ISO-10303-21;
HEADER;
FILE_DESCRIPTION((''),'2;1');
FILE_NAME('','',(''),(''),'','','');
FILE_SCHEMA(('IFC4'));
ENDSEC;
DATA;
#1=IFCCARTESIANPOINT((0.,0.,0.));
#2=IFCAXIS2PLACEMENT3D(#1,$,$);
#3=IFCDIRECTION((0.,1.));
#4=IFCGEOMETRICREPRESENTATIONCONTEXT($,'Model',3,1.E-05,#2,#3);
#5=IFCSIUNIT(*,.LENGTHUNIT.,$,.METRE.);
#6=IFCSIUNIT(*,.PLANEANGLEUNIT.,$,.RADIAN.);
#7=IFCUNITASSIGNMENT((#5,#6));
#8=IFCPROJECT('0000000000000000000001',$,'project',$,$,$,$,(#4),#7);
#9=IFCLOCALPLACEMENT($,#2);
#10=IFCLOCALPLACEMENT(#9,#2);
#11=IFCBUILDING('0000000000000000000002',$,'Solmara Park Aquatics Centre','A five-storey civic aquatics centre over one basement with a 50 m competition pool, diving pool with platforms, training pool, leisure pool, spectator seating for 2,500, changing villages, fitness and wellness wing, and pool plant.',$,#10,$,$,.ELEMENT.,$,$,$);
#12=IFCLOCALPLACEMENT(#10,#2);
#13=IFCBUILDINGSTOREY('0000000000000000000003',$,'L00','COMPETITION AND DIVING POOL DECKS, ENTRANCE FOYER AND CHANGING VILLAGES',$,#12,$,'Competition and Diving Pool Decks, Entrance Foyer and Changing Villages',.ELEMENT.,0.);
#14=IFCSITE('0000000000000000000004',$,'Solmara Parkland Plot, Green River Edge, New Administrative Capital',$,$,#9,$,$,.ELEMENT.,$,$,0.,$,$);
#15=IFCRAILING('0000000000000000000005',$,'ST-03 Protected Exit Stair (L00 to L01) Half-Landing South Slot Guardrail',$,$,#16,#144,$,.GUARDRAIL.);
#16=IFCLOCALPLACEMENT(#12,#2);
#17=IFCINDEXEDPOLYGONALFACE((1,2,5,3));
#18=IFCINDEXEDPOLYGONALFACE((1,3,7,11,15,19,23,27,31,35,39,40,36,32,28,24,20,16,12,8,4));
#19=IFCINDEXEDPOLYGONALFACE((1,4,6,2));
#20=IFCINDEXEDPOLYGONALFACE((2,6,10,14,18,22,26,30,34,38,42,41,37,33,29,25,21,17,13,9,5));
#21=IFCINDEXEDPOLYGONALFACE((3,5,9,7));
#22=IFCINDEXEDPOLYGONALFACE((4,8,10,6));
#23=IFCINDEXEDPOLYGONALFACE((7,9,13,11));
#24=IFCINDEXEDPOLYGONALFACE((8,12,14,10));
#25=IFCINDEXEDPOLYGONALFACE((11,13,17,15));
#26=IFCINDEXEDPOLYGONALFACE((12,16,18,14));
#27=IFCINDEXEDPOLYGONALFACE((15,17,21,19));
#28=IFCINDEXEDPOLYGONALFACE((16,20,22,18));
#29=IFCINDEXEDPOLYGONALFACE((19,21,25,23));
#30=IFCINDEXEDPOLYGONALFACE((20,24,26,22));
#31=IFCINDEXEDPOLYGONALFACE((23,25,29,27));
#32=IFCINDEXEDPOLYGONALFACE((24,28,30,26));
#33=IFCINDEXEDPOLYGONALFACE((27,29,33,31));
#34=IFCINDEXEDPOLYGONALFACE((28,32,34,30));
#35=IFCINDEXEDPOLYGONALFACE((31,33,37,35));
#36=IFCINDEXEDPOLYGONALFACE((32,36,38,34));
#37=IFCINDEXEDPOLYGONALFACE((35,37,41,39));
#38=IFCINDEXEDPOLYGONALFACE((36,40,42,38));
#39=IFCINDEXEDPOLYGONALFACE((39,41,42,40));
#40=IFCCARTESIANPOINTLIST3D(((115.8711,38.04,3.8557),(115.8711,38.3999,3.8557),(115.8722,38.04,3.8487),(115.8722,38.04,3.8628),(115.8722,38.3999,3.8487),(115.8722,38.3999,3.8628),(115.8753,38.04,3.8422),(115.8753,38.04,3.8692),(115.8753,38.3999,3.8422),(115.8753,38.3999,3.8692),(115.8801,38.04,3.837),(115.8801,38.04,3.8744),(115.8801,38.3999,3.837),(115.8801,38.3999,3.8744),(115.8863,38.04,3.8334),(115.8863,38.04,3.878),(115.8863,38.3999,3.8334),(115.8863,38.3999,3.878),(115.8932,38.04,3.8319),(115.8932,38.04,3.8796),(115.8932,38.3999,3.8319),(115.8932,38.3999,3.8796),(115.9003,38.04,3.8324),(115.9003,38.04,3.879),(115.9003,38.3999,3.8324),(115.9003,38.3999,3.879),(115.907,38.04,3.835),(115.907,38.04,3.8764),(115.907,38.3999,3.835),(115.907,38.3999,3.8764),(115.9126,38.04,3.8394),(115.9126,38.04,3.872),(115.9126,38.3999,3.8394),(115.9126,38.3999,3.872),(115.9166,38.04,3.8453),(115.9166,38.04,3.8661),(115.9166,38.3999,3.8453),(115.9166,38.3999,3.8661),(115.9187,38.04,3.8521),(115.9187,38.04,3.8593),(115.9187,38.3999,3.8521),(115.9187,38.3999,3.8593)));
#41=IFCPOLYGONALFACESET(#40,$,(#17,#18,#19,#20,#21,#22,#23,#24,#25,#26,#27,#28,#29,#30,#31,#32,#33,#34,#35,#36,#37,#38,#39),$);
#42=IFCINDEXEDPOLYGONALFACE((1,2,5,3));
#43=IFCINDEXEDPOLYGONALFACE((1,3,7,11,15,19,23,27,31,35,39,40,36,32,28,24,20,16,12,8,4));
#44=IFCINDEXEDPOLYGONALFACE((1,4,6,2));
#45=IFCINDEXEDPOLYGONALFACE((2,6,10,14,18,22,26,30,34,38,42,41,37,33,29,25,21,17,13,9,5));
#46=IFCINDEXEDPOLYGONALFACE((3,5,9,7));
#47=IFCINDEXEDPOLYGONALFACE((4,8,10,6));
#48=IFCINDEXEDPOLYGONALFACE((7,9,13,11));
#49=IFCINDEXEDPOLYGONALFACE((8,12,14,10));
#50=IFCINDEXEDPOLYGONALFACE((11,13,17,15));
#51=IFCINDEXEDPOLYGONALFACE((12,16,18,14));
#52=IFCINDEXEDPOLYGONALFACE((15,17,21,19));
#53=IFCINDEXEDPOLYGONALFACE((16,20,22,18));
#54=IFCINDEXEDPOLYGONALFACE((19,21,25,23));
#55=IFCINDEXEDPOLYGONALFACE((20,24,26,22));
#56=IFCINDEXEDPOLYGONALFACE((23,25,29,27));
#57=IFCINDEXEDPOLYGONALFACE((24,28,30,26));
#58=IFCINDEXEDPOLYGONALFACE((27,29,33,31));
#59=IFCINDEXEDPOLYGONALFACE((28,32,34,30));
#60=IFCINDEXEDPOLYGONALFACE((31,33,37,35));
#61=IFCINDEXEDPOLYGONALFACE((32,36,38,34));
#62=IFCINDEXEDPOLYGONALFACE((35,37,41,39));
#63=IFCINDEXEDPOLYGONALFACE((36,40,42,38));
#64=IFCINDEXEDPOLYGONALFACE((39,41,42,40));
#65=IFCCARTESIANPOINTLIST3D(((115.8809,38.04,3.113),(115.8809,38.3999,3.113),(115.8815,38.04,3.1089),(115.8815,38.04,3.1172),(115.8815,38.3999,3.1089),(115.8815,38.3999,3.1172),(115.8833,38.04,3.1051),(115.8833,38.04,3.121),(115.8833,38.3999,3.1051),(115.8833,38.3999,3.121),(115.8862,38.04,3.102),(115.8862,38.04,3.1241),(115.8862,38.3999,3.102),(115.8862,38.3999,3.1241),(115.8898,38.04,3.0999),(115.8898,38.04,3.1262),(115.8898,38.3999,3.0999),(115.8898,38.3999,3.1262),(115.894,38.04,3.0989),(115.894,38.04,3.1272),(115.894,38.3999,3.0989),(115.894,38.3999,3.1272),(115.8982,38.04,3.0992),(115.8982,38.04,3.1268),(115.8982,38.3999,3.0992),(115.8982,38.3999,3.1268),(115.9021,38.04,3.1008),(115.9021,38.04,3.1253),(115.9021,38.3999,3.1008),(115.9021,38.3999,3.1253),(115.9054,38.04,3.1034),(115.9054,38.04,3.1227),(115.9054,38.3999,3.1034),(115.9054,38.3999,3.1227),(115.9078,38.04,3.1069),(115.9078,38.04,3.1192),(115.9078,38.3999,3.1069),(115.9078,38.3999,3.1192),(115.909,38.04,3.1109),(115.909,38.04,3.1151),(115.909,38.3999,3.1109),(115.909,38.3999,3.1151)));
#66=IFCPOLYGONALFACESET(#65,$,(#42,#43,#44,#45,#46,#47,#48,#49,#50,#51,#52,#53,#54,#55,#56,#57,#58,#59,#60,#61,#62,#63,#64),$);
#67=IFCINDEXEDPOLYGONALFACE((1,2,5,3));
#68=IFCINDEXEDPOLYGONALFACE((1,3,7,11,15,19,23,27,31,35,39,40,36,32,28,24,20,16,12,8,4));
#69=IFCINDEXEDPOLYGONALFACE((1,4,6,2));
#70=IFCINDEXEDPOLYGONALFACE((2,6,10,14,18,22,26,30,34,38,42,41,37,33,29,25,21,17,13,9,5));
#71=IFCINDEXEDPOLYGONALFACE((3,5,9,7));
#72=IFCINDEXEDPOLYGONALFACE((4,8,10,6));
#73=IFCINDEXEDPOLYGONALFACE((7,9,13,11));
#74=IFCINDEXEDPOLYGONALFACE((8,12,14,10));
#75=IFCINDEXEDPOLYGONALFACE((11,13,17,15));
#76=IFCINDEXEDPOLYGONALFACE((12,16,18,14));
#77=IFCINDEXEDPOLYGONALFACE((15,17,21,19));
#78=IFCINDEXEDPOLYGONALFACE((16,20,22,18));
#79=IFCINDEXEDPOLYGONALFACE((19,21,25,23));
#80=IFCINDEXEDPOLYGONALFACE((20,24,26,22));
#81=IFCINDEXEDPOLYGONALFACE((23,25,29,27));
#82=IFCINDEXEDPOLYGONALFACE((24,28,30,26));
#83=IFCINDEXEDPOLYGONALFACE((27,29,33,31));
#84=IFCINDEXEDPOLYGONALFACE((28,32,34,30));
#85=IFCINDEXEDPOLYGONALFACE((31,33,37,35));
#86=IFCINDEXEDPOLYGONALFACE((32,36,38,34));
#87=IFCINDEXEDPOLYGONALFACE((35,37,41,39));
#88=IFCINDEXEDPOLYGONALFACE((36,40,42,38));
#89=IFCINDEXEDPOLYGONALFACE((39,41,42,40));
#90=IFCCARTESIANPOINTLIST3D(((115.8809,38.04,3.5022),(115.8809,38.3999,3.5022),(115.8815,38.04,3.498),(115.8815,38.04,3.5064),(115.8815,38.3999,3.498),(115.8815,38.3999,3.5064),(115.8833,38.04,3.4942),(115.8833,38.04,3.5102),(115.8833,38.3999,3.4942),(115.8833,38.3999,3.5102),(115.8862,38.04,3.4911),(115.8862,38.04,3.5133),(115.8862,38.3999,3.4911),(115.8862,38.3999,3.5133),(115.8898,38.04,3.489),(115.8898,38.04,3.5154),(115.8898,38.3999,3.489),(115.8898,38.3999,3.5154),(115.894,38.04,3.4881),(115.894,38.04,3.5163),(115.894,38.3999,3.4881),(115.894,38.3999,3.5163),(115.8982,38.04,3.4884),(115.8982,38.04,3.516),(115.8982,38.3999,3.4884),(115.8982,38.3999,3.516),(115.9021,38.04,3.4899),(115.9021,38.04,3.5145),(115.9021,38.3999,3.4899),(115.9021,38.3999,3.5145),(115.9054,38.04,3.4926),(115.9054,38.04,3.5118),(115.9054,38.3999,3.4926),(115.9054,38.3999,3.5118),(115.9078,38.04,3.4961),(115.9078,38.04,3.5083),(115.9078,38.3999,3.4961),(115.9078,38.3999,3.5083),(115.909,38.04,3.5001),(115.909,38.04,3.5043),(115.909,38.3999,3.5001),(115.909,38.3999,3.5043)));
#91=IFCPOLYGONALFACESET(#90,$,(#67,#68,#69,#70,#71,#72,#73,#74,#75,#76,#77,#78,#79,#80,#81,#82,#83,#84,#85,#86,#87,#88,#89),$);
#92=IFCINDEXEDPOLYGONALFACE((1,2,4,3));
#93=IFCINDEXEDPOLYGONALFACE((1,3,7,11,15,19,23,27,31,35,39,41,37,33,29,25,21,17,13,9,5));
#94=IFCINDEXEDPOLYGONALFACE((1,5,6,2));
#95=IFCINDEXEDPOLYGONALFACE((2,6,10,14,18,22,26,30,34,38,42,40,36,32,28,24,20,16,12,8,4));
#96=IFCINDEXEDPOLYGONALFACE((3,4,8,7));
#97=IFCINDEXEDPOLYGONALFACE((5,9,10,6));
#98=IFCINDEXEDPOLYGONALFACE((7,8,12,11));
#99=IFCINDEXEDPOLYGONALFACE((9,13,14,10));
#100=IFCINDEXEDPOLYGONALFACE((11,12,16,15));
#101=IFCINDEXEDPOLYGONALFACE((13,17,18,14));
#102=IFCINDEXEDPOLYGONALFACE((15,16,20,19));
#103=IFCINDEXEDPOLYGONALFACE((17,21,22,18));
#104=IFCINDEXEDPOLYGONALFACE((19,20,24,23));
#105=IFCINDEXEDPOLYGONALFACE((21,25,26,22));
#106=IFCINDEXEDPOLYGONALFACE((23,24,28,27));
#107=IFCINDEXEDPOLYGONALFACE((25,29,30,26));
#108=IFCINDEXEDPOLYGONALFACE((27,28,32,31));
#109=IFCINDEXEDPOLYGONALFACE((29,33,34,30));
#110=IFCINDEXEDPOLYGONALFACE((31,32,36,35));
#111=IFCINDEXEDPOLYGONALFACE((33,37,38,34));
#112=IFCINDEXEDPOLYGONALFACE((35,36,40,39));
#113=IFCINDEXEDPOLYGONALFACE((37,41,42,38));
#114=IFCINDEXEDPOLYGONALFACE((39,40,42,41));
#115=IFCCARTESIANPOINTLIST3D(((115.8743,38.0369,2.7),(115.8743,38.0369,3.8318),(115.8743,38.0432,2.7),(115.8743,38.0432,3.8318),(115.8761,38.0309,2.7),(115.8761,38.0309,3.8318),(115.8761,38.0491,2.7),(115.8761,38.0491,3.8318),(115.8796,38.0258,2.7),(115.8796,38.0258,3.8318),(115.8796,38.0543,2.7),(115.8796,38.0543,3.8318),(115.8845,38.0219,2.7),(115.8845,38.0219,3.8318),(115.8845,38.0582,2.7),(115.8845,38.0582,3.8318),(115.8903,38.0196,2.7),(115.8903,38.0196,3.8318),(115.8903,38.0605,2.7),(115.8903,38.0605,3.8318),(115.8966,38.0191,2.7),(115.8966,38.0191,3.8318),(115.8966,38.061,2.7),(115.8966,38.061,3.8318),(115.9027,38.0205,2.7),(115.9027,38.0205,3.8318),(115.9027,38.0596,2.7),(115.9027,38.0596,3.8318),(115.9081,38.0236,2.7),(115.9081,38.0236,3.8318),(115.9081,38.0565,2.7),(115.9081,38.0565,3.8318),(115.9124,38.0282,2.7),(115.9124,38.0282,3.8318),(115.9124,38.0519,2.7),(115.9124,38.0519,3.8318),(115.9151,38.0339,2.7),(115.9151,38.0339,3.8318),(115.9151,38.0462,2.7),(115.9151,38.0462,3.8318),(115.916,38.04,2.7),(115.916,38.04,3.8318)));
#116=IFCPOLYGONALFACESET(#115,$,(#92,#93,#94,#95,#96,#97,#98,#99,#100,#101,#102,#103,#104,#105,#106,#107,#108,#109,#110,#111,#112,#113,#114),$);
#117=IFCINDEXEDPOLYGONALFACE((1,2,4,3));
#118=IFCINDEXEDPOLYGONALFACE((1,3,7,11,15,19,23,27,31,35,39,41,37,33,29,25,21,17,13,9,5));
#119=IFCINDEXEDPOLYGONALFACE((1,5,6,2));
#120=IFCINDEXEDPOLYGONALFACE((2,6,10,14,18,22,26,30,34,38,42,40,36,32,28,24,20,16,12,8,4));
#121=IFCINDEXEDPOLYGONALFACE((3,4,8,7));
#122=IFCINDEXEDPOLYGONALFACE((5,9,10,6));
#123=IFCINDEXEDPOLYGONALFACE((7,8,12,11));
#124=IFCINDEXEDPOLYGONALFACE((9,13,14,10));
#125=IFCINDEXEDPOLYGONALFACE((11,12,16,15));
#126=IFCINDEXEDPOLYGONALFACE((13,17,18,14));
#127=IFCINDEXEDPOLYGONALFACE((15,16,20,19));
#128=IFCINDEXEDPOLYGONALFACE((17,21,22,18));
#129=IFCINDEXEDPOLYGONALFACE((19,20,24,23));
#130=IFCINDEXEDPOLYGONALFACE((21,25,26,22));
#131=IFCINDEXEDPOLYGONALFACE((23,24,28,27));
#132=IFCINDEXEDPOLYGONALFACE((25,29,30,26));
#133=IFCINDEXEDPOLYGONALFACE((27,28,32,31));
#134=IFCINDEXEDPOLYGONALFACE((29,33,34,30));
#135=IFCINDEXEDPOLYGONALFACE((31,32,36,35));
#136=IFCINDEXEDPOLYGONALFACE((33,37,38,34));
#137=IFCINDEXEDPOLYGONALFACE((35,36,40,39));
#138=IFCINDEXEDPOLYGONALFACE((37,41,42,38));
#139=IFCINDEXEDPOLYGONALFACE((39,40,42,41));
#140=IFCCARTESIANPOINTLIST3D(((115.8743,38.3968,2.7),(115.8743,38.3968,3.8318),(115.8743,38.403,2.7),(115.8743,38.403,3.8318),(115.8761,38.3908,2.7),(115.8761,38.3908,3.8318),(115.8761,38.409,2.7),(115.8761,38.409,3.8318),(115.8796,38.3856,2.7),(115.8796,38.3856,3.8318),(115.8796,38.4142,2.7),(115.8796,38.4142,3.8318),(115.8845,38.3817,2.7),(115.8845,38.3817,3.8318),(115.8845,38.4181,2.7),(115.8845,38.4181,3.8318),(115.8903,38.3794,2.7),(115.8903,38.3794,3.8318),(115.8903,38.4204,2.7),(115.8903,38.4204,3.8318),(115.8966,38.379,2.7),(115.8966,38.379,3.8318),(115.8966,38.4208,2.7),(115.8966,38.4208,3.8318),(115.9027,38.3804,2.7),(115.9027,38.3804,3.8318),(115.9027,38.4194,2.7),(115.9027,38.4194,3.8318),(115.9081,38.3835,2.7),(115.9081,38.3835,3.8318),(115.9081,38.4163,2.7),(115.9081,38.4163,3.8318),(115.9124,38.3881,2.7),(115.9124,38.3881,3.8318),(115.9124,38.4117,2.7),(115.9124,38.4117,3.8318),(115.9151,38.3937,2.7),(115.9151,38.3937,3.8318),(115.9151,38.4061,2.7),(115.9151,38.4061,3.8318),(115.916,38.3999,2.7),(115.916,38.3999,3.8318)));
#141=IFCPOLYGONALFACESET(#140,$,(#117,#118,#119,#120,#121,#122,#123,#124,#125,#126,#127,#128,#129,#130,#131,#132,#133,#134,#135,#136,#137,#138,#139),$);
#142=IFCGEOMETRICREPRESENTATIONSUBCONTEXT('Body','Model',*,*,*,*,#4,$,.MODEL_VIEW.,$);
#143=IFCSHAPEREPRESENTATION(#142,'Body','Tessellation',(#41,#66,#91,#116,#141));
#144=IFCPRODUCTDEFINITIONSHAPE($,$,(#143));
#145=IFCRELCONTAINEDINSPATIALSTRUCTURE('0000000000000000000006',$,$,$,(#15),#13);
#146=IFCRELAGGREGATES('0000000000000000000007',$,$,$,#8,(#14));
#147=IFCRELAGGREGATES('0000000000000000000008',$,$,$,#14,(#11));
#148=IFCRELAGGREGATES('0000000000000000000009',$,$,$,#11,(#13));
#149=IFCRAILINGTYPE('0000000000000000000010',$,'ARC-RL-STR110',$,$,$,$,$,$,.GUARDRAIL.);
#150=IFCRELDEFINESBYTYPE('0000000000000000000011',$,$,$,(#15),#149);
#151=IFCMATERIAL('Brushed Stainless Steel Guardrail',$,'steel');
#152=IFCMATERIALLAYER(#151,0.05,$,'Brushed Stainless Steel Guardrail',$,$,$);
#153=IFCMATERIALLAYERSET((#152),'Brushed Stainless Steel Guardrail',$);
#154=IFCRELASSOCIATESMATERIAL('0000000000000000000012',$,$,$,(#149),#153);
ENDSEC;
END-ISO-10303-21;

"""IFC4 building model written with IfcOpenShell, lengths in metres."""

from ifc_helpers import new_model, si_unit, direction, frame, origin, origin_2d, place, context, subcontext, project, spatial, circle, extrude, material, layer, layer_set, type_object, element, save


model = new_model("IFC4")

# Units and contexts
model_context = context("Model", 3, precision=1e-05, world=origin(), true_north=direction((0.0, 1.0)))
body_context = subcontext(model_context, "Body", "Model", "MODEL_VIEW")
ifc_project = project(units=[si_unit("LENGTHUNIT", "METRE"), si_unit("PLANEANGLEUNIT", "RADIAN")], contexts=[model_context])

# Site, building, storey
site_placement = place(None, origin())
site = spatial("IfcSite", under=ifc_project, at=site_placement, Name="Solmara Parkland Plot, Green River Edge, New Administrative Capital", CompositionType="ELEMENT", RefElevation=0.0)
building_placement = place(site_placement, origin())
building = spatial("IfcBuilding", under=site, at=building_placement, Name="Solmara Park Aquatics Centre", Description="A five-storey civic aquatics centre over one basement with a 50 m competition pool, diving pool with platforms, training pool, leisure pool, spectator seating for 2,500, changing villages, fitness and wellness wing, and pool plant.", CompositionType="ELEMENT")
storey_placement = place(building_placement, origin())
storey = spatial("IfcBuildingStorey", under=building, at=storey_placement, Name="L00", Description="COMPETITION AND DIVING POOL DECKS, ENTRANCE FOYER AND CHANGING VILLAGES", LongName="Competition and Diving Pool Decks, Entrance Foyer and Changing Villages", CompositionType="ELEMENT", Elevation=0.0)

# Railing
ifc_material_1 = material(Name="Brushed Stainless Steel Guardrail", Category="steel")
ifc_layer_1 = layer(ifc_material_1, 0.05, Name="Brushed Stainless Steel Guardrail")
ifc_layer_set_1 = layer_set([ifc_layer_1], Name="Brushed Stainless Steel Guardrail")
railing_type_1 = type_object("IfcRailingType", Name="ARC-RL-STR110", PredefinedType="GUARDRAIL", material=ifc_layer_set_1)
railing_1_placement = place(storey_placement, frame((115.895, 38.04, 2.7)))
element("IfcRailing", 1, at=railing_1_placement, inside=storey, type_object=railing_type_1, Name="ST-03 Protected Exit Stair (L00 to L01) Half-Landing South Slot Guardrail", PredefinedType="GUARDRAIL", context=body_context, shape_type="SweptSolid", body=[
    extrude(circle(Radius=0.0239, at=origin_2d()), frame((0.0, 0.0, 1.1558), z_axis=(0.0, 1.0, 0.0), x_axis=(-1.0, 0.0, 0.0)), (0.0, 0.0, 1.0), 0.3599),
    extrude(circle(Radius=0.0142, at=origin_2d()), frame((0.0, 0.0, 0.4131), z_axis=(0.0, 1.0, 0.0), x_axis=(-1.0, 0.0, 0.0)), (0.0, 0.0, 1.0), 0.3599),
    extrude(circle(Radius=0.0142, at=origin_2d()), frame((0.0, 0.0, 0.8022), z_axis=(0.0, 1.0, 0.0), x_axis=(-1.0, 0.0, 0.0)), (0.0, 0.0, 1.0), 0.3599),
    extrude(circle(Radius=0.021, at=origin_2d()), origin(), (0.0, 0.0, 1.0), 1.1318),
    extrude(circle(Radius=0.021, at=origin_2d()), frame((0.0, 0.3599, 0.0)), (0.0, 0.0, 1.0), 1.1318),
])

save(model, "model.ifc")
